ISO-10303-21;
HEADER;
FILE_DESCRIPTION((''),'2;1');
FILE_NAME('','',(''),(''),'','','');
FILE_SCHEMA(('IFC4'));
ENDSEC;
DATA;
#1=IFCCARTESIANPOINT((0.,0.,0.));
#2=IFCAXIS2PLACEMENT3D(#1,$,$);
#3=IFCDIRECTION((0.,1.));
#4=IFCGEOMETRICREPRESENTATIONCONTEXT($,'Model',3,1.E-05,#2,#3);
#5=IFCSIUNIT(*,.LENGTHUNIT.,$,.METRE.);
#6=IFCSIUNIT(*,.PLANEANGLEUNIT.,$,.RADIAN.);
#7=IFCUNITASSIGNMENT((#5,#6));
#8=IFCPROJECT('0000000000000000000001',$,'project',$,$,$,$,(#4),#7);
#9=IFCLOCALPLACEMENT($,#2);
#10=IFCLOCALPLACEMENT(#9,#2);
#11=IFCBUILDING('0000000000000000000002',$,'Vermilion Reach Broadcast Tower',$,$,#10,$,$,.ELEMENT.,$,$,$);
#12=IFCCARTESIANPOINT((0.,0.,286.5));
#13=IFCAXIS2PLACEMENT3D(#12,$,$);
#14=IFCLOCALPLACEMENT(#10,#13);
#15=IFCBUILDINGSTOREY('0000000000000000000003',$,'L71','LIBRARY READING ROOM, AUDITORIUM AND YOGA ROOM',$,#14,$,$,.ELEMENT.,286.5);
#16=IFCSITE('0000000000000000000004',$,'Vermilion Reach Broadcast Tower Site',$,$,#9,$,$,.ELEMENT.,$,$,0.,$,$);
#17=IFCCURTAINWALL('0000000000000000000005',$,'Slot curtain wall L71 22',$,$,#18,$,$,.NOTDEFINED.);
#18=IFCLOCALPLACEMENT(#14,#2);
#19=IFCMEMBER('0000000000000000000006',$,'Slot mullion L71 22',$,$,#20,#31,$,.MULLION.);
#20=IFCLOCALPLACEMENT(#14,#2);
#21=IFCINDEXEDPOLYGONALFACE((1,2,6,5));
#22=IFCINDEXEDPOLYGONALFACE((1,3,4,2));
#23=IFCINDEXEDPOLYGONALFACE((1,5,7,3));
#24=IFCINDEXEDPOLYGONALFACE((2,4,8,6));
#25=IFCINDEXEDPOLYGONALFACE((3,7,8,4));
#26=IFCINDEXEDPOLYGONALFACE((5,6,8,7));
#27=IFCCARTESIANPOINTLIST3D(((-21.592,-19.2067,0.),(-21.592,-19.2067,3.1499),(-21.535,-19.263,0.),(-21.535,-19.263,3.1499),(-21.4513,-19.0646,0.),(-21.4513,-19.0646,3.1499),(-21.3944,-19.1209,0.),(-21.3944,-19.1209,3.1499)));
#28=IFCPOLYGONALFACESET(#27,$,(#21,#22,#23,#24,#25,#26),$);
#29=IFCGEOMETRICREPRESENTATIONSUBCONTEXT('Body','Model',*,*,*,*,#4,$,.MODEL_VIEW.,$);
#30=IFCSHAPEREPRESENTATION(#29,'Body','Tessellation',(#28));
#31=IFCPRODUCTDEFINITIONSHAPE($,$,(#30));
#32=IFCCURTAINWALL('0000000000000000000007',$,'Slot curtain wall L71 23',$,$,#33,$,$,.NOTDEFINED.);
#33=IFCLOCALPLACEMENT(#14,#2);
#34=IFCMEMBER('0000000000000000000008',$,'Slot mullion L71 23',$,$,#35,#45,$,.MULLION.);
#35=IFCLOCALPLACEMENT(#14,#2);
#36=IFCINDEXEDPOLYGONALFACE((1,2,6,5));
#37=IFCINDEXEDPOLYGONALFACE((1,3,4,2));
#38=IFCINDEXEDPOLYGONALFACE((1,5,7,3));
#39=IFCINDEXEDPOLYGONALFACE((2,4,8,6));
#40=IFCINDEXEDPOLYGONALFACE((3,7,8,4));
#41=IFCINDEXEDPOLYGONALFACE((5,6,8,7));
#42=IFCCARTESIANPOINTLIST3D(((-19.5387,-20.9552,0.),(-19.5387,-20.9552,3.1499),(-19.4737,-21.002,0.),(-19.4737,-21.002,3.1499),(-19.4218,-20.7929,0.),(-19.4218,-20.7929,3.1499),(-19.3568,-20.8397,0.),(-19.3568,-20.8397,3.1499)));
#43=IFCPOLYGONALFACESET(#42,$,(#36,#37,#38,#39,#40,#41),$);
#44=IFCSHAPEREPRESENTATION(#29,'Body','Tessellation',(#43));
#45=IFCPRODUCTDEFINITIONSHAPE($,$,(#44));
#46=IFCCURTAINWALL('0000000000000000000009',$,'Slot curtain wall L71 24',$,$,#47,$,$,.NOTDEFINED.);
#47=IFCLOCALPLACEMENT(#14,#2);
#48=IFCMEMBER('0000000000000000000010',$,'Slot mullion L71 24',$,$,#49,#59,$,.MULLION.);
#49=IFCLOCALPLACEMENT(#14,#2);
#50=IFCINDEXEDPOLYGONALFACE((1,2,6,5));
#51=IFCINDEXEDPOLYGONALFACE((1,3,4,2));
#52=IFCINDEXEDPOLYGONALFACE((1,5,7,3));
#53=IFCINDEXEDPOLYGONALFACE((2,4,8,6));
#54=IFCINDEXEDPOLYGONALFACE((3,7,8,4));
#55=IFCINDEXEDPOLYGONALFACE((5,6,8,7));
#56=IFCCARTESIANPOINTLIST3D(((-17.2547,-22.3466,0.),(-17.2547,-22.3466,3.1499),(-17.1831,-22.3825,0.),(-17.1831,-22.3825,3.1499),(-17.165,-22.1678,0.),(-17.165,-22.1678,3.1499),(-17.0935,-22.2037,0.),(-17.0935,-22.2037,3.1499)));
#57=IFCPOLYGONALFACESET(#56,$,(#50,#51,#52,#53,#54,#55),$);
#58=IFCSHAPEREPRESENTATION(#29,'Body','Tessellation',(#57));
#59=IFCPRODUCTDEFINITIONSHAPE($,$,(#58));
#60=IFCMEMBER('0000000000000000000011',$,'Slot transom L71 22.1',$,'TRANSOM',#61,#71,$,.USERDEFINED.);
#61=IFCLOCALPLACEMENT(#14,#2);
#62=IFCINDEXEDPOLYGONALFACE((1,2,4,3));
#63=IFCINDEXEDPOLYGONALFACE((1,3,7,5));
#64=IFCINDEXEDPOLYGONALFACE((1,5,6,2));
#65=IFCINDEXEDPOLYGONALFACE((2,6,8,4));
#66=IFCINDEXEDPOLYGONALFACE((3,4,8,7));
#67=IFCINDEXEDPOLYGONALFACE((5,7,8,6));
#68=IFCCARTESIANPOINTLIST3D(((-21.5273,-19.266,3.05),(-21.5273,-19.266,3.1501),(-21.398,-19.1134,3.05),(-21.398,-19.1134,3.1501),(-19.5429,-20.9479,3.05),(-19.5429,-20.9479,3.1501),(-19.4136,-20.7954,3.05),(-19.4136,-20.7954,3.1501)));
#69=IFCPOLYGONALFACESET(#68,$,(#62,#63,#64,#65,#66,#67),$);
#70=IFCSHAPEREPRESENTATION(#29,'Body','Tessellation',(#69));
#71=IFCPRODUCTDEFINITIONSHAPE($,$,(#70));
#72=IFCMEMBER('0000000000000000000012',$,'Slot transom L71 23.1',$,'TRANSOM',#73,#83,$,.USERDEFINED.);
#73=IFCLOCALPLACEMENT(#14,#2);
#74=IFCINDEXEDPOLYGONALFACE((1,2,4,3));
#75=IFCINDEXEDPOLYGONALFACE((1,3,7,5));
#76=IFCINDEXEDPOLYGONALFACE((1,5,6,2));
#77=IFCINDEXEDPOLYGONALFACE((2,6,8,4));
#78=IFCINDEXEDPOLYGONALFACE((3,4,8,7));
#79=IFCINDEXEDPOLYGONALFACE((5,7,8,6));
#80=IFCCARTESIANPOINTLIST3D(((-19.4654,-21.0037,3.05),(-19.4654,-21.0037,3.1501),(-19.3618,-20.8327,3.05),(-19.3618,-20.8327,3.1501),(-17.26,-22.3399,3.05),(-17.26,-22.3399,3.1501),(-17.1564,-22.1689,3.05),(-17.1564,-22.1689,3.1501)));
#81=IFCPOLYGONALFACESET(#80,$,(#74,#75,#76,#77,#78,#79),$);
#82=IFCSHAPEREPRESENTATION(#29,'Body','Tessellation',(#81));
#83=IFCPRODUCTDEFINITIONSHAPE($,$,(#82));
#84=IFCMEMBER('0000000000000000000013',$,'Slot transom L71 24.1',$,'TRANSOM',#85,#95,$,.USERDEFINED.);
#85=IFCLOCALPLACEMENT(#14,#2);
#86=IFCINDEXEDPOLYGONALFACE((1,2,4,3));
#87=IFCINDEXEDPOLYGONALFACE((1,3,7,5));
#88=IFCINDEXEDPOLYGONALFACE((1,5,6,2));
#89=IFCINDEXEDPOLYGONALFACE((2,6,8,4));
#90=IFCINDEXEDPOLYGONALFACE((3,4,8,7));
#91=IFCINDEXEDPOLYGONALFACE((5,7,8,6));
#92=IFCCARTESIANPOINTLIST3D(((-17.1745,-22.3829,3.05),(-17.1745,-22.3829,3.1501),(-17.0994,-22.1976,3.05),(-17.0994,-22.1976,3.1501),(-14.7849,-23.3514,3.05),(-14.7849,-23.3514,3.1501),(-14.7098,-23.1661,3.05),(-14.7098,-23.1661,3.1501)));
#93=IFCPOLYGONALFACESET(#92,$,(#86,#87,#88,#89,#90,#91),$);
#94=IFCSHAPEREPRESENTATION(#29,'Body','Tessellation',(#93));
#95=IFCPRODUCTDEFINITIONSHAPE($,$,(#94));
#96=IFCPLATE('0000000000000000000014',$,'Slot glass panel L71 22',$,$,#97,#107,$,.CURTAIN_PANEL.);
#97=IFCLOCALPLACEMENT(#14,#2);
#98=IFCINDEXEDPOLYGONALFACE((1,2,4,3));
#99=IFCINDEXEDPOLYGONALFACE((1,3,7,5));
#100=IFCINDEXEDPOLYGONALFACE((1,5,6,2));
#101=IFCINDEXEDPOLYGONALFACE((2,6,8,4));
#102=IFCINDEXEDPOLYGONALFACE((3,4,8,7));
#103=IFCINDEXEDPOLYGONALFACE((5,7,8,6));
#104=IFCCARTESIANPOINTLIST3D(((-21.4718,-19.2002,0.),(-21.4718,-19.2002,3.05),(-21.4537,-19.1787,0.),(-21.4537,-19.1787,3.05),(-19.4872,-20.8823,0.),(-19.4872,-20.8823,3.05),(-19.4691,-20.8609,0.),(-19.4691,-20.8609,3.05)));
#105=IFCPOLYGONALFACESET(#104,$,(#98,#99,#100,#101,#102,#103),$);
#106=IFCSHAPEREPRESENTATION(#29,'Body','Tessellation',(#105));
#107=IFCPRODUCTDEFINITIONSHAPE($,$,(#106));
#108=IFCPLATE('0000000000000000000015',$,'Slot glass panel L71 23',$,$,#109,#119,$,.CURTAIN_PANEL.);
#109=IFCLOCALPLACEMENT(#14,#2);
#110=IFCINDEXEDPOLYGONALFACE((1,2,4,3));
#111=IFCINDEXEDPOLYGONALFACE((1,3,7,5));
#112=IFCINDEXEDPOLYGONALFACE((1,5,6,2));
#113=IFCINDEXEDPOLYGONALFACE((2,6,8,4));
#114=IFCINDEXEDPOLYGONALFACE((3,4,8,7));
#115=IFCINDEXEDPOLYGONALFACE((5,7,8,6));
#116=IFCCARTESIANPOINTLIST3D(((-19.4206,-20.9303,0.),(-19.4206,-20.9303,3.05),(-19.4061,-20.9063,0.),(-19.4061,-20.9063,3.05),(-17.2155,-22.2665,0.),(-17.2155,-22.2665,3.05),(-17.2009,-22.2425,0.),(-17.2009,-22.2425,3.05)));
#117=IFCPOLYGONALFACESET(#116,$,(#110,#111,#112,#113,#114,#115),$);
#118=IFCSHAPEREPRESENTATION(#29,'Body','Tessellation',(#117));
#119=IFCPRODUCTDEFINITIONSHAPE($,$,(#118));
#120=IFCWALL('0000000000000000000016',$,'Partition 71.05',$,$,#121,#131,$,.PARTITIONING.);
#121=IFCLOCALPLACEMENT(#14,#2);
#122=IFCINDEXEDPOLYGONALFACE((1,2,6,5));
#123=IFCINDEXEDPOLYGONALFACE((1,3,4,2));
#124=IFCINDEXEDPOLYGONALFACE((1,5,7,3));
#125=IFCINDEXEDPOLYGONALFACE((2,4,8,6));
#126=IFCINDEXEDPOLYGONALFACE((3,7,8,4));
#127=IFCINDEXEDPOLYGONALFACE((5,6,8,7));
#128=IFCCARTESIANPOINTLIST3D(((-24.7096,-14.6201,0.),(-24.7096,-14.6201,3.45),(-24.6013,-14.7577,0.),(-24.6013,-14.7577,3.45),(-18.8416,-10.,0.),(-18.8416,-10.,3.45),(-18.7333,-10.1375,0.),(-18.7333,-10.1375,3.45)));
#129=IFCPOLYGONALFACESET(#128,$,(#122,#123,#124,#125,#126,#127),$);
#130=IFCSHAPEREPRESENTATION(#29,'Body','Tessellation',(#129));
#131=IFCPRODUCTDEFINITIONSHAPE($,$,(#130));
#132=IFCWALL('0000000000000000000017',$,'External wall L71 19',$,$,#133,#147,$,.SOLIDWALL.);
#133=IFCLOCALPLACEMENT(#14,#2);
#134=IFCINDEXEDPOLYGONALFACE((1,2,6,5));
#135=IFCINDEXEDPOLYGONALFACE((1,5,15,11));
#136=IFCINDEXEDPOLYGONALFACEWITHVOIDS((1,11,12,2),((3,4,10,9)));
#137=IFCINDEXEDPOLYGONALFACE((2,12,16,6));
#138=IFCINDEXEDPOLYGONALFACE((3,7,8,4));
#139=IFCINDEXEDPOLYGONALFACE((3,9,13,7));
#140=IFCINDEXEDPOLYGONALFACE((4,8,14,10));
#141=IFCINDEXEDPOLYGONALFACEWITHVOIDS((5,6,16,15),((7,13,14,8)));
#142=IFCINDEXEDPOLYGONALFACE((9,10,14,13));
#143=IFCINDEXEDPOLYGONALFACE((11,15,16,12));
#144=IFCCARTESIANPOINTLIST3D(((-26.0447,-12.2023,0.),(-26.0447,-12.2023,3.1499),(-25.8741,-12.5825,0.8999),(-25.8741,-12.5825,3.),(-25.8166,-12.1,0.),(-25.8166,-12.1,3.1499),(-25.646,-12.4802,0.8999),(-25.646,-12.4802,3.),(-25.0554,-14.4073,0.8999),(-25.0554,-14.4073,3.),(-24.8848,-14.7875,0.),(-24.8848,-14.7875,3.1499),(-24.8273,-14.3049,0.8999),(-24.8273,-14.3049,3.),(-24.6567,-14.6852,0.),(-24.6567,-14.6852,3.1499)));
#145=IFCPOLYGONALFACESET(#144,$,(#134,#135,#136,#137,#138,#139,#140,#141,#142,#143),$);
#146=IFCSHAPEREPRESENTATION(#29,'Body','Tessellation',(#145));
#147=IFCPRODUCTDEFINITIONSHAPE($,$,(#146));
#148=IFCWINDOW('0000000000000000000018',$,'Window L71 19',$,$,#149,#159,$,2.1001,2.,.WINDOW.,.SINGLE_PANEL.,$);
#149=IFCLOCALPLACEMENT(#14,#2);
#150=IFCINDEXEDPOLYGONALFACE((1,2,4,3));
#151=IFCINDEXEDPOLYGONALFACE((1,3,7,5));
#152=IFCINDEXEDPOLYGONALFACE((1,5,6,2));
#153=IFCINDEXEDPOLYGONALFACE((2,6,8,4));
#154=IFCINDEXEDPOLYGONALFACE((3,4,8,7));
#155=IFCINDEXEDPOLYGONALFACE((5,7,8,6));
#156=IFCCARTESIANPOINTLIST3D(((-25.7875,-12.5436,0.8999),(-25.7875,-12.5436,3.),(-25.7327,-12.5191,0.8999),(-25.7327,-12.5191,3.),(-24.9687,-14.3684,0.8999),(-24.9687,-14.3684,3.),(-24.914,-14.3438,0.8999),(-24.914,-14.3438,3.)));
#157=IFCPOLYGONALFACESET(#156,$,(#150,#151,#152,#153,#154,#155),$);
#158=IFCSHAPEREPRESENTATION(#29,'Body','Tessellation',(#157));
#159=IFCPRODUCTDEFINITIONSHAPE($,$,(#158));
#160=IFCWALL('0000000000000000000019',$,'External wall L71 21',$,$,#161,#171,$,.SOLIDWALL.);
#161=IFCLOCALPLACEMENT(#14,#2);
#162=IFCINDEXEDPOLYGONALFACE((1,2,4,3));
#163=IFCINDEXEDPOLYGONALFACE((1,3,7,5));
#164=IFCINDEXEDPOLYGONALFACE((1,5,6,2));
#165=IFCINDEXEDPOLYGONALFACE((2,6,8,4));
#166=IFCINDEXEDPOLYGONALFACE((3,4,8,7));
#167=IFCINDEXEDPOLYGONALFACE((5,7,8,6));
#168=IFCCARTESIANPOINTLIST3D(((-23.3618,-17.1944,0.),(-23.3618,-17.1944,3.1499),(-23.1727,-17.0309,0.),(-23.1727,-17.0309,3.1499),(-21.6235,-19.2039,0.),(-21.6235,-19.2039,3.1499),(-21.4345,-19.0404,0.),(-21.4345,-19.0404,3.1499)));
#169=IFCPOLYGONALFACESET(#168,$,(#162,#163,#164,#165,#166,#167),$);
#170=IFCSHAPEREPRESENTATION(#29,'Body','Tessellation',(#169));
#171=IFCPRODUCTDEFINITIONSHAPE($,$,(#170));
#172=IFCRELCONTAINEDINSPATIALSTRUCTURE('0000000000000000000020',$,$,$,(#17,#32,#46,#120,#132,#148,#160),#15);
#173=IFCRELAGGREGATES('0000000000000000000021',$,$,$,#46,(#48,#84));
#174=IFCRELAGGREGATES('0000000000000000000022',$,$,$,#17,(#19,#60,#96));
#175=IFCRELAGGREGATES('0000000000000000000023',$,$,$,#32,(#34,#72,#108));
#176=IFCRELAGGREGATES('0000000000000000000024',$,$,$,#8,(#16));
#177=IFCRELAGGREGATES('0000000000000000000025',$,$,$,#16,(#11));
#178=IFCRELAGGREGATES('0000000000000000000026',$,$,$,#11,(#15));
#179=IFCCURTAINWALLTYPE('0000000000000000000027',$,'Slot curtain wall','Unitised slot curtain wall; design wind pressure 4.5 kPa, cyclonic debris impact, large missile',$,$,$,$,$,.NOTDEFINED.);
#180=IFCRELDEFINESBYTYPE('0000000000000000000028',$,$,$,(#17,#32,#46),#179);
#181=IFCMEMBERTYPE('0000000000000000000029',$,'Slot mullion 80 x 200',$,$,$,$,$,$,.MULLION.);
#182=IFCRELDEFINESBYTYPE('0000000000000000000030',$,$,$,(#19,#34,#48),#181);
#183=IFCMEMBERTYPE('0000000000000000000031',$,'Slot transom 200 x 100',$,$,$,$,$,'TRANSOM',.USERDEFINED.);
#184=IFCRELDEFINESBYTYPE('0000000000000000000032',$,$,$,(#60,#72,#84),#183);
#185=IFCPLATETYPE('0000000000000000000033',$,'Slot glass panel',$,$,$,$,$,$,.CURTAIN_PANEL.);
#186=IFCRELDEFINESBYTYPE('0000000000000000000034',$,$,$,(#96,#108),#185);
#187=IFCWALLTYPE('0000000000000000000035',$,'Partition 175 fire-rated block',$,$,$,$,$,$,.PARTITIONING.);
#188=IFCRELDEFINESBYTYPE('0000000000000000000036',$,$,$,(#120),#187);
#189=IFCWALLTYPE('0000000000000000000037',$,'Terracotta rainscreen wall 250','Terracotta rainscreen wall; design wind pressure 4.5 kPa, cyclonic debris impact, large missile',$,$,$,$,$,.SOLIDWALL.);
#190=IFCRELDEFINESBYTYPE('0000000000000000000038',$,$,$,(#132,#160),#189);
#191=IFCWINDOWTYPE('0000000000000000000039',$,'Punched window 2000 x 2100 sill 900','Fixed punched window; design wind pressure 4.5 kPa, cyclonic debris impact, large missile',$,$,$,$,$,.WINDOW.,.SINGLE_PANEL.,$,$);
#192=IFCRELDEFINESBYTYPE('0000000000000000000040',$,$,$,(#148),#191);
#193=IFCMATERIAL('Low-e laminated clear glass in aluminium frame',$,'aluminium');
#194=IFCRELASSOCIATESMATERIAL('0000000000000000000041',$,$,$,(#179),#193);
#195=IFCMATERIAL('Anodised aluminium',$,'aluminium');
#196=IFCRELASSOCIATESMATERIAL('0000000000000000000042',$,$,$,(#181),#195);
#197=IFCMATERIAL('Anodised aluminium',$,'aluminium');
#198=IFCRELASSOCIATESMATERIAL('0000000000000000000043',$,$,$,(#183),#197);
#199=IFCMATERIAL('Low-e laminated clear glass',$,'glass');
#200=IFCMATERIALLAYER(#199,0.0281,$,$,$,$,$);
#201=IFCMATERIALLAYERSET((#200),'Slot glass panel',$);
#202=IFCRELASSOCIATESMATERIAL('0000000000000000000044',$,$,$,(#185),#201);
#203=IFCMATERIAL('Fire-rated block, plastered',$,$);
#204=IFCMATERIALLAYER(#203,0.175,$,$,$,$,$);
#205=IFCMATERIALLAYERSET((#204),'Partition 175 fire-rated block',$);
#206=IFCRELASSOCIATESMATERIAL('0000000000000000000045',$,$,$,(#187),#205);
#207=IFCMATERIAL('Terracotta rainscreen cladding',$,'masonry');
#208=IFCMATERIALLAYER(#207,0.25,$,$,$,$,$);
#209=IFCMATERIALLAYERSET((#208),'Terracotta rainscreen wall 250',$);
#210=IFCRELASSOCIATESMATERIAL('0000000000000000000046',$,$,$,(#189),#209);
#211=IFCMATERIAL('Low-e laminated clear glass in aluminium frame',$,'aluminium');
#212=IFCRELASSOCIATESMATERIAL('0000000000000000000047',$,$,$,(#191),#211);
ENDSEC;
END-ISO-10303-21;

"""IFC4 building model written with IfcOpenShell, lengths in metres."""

from ifc_helpers import new_model, si_unit, direction, frame, frame_2d, origin, origin_2d, place, context, subcontext, project, spatial, rectangle, extrude, material, layer, layer_set, material_profile, profile_set, type_object, element, fill, aggregate, save


model = new_model("IFC4")

# Units and contexts
model_context = context("Model", 3, precision=1e-05, world=origin(), true_north=direction((0.0, 1.0)))
body_context = subcontext(model_context, "Body", "Model", "MODEL_VIEW")
ifc_project = project(units=[si_unit("LENGTHUNIT", "METRE"), si_unit("PLANEANGLEUNIT", "RADIAN")], contexts=[model_context])

# Site, building, storey
site_placement = place(None, origin())
site = spatial("IfcSite", under=ifc_project, at=site_placement, Name="Vermilion Reach Broadcast Tower Site", CompositionType="ELEMENT", RefElevation=0.0)
building_placement = place(site_placement, origin())
building = spatial("IfcBuilding", under=site, at=building_placement, Name="Vermilion Reach Broadcast Tower", CompositionType="ELEMENT")
storey_placement = place(building_placement, frame((0.0, 0.0, 286.5)))
storey = spatial("IfcBuildingStorey", under=building, at=storey_placement, Name="L71", Description="LIBRARY READING ROOM, AUDITORIUM AND YOGA ROOM", CompositionType="ELEMENT", Elevation=286.5)

# Curtain walls, members
ifc_material_1 = material(Name="Low-e laminated clear glass in aluminium frame", Category="aluminium")
curtain_wall_type = type_object("IfcCurtainWallType", Name="Slot curtain wall", Description="Unitised slot curtain wall; design wind pressure 4.5 kPa, cyclonic debris impact, large missile", PredefinedType="NOTDEFINED", material=ifc_material_1)
placement = place(storey_placement, origin())
curtain_wall_1 = element("IfcCurtainWall", 1, at=placement, inside=storey, type_object=curtain_wall_type, Name="Slot curtain wall L71 22", PredefinedType="NOTDEFINED")
ifc_material_2 = material(Name="Anodised aluminium", Category="aluminium")
ifc_material_profile_1 = material_profile(ifc_material_2, rectangle(XDim=0.2, YDim=0.0801, at=origin_2d()), Name="Slot mullion 80 x 200")
ifc_profile_set_1 = profile_set([ifc_material_profile_1], Name="Anodised aluminium")
member_type_1 = type_object("IfcMemberType", Name="Slot mullion 80 x 200", PredefinedType="MULLION", material=ifc_profile_set_1)
member_1_placement = place(storey_placement, frame((-21.4932, -19.1638, 0.0), z_axis=(0.0, 0.0, 1.0), x_axis=(0.703562, 0.710634, 0.0)))
member_1 = element("IfcMember", 2, at=member_1_placement, type_object=member_type_1, Name="Slot mullion L71 22", PredefinedType="MULLION", context=body_context, shape_type="SweptSolid", body=[
    extrude(rectangle(XDim=0.2, YDim=0.0801, at=origin_2d()), origin(), (0.0, 0.0, 1.0), 3.1499),
])
curtain_wall_2 = element("IfcCurtainWall", 3, at=placement, inside=storey, type_object=curtain_wall_type, Name="Slot curtain wall L71 23", PredefinedType="NOTDEFINED")
member_2_placement = place(storey_placement, frame((-19.4478, -20.8975, 0.0), z_axis=(0.0, 0.0, 1.0), x_axis=(0.584234, 0.811585, 0.0)))
member_2 = element("IfcMember", 4, at=member_2_placement, type_object=member_type_1, Name="Slot mullion L71 23", PredefinedType="MULLION", context=body_context, shape_type="SweptSolid", body=[
    extrude(rectangle(XDim=0.2, YDim=0.0801, at=origin_2d()), origin(), (0.0, 0.0, 1.0), 3.1499),
])
curtain_wall_3 = element("IfcCurtainWall", 5, at=placement, inside=storey, type_object=curtain_wall_type, Name="Slot curtain wall L71 24", PredefinedType="NOTDEFINED")
member_3_placement = place(storey_placement, frame((-17.1741, -22.2751, 0.0), z_axis=(0.0, 0.0, 1.0), x_axis=(0.448383, 0.893841, 0.0)))
member_3 = element("IfcMember", 6, at=member_3_placement, type_object=member_type_1, Name="Slot mullion L71 24", PredefinedType="MULLION", context=body_context, shape_type="SweptSolid", body=[
    extrude(rectangle(XDim=0.2, YDim=0.0801, at=origin_2d()), origin(), (0.0, 0.0, 1.0), 3.1499),
])

# Members
ifc_material_3 = material(Name="Anodised aluminium", Category="aluminium")
ifc_material_profile_2 = material_profile(ifc_material_3, rectangle(XDim=0.2, YDim=0.1001, at=origin_2d()), Name="Slot transom 200 x 100")
ifc_profile_set_2 = profile_set([ifc_material_profile_2], Name="Anodised aluminium")
member_type_2 = type_object("IfcMemberType", Name="Slot transom 200 x 100", ElementType="TRANSOM", PredefinedType="USERDEFINED", material=ifc_profile_set_2)
member_4_placement = place(storey_placement, frame((-21.4626, -19.1897, 3.1001), z_axis=(0.762856, -0.646569, 0.0), x_axis=(0.646569, 0.762856, 0.0)))
member_4 = element("IfcMember", 7, at=member_4_placement, type_object=member_type_2, Name="Slot transom L71 22.1", ObjectType="TRANSOM", PredefinedType="USERDEFINED", context=body_context, shape_type="SweptSolid", body=[
    extrude(rectangle(XDim=0.2, YDim=0.1001, at=origin_2d()), origin(), (0.0, 0.0, 1.0), 2.6013),
])
member_5_placement = place(storey_placement, frame((-19.4136, -20.9182, 3.1001), z_axis=(0.855263, -0.518195, 0.0), x_axis=(0.518195, 0.855263, 0.0)))
member_5 = element("IfcMember", 8, at=member_5_placement, type_object=member_type_2, Name="Slot transom L71 23.1", ObjectType="TRANSOM", PredefinedType="USERDEFINED", context=body_context, shape_type="SweptSolid", body=[
    extrude(rectangle(XDim=0.2, YDim=0.1001, at=origin_2d()), origin(), (0.0, 0.0, 1.0), 2.5786),
])
member_6_placement = place(storey_placement, frame((-17.137, -22.2903, 3.1001), z_axis=(0.926776, -0.375615, 0.0), x_axis=(0.375615, 0.926776, 0.0)))
member_6 = element("IfcMember", 9, at=member_6_placement, type_object=member_type_2, Name="Slot transom L71 24.1", ObjectType="TRANSOM", PredefinedType="USERDEFINED", context=body_context, shape_type="SweptSolid", body=[
    extrude(rectangle(XDim=0.2, YDim=0.1001, at=origin_2d()), origin(), (0.0, 0.0, 1.0), 2.5784),
])
aggregate(curtain_wall_3, [member_3, member_6])

# Plates
ifc_material_4 = material(Name="Low-e laminated clear glass", Category="glass")
ifc_layer_1 = layer(ifc_material_4, 0.0281)
ifc_layer_set_1 = layer_set([ifc_layer_1], Name="Slot glass panel")
plate_type = type_object("IfcPlateType", Name="Slot glass panel", PredefinedType="CURTAIN_PANEL", material=ifc_layer_set_1)
plate_1_placement = place(storey_placement, frame((-20.4705, -20.0305, 0.0), z_axis=(0.0, 0.0, 1.0), x_axis=(0.762842, -0.646584, 0.0)))
plate_1 = element("IfcPlate", 10, at=plate_1_placement, type_object=plate_type, Name="Slot glass panel L71 22", PredefinedType="CURTAIN_PANEL", context=body_context, shape_type="SweptSolid", body=[
    extrude(rectangle(XDim=2.6016, YDim=0.0281, at=origin_2d()), origin(), (0.0, 0.0, 1.0), 3.05),
])
aggregate(curtain_wall_1, [member_1, member_4, plate_1])
plate_2_placement = place(storey_placement, frame((-18.3108, -21.5864, 0.0), z_axis=(0.0, 0.0, 1.0), x_axis=(0.855244, -0.518225, 0.0)))
plate_2 = element("IfcPlate", 11, at=plate_2_placement, type_object=plate_type, Name="Slot glass panel L71 23", PredefinedType="CURTAIN_PANEL", context=body_context, shape_type="SweptSolid", body=[
    extrude(rectangle(XDim=2.5784, YDim=0.0281, at=origin_2d()), origin(), (0.0, 0.0, 1.0), 3.05),
])
aggregate(curtain_wall_2, [member_2, member_5, plate_2])

# Wall
ifc_material_5 = material(Name="Fire-rated block, plastered")
ifc_layer_2 = layer(ifc_material_5, 0.175)
ifc_layer_set_2 = layer_set([ifc_layer_2], Name="Partition 175 fire-rated block")
wall_type_1 = type_object("IfcWallType", Name="Partition 175 fire-rated block", PredefinedType="PARTITIONING", material=ifc_layer_set_2)
wall_1_placement = place(storey_placement, frame((-24.6555, -14.689, 0.0), z_axis=(0.0, 0.0, 1.0), x_axis=(0.785693, 0.618617, 0.0)))
element("IfcWall", 12, at=wall_1_placement, inside=storey, type_object=wall_type_1, Name="Partition 71.05", PredefinedType="PARTITIONING", context=body_context, shape_type="SweptSolid", body=[
    extrude(rectangle(XDim=7.4685, YDim=0.175, at=frame_2d((3.7344, 0.0))), origin(), (0.0, 0.0, 1.0), 3.45),
])

# Wall, opening, window
ifc_material_6 = material(Name="Terracotta rainscreen cladding", Category="masonry")
ifc_layer_3 = layer(ifc_material_6, 0.25)
ifc_layer_set_3 = layer_set([ifc_layer_3], Name="Terracotta rainscreen wall 250")
wall_type_2 = type_object("IfcWallType", Name="Terracotta rainscreen wall 250", Description="Terracotta rainscreen wall; design wind pressure 4.5 kPa, cyclonic debris impact, large missile", PredefinedType="SOLIDWALL", material=ifc_layer_set_3)
wall_2_placement = place(storey_placement, frame((-25.9307, -12.1511, 0.0), z_axis=(0.0, 0.0, 1.0), x_axis=(0.409358, -0.912374, 0.0)))
wall_2 = element("IfcWall", 13, at=wall_2_placement, inside=storey, type_object=wall_type_2, Name="External wall L71 19", PredefinedType="SOLIDWALL", context=body_context, shape_type="SweptSolid", body=[
    extrude(rectangle(XDim=2.8335, YDim=0.25, at=frame_2d((1.4167, 0.0))), origin(), (0.0, 0.0, 1.0), 3.1499),
])
opening_1_placement = place(wall_2_placement, frame((0.4167, 0.0, 0.8999)))
opening_1 = element("IfcOpeningElement", 14, at=opening_1_placement, cuts=wall_2, PredefinedType="OPENING", context=body_context, shape_type="SweptSolid", body=[
    extrude(rectangle(XDim=2.0, YDim=2.1001, at=frame_2d((1.0, 1.05))), frame((0.0, 0.135, 0.0), z_axis=(0.0, -1.0, 0.0), x_axis=(1.0, 0.0, 0.0)), (0.0, 0.0, 1.0), 0.27),
])
ifc_material_7 = material(Name="Low-e laminated clear glass in aluminium frame", Category="aluminium")
window_type = type_object("IfcWindowType", Name="Punched window 2000 x 2100 sill 900", Description="Fixed punched window; design wind pressure 4.5 kPa, cyclonic debris impact, large missile", PartitioningType="SINGLE_PANEL", PredefinedType="WINDOW", material=ifc_material_7)
window_placement = place(opening_1_placement, origin())
window = element("IfcWindow", 15, at=window_placement, inside=storey, type_object=window_type, Name="Window L71 19", OverallHeight=2.1001, OverallWidth=2.0, PartitioningType="SINGLE_PANEL", PredefinedType="WINDOW", context=body_context, shape_type="SweptSolid", body=[
    extrude(rectangle(XDim=2.0, YDim=2.1001, at=frame_2d((1.0, 1.05))), frame((0.0, 0.03, 0.0), z_axis=(0.0, -1.0, 0.0), x_axis=(1.0, 0.0, 0.0)), (0.0, 0.0, 1.0), 0.0601),
])
fill(opening_1, window)

# Wall
wall_3_placement = place(storey_placement, frame((-23.2673, -17.1125, 0.0), z_axis=(0.0, 0.0, 1.0), x_axis=(0.65422, -0.756304, 0.0)))
element("IfcWall", 16, at=wall_3_placement, inside=storey, type_object=wall_type_2, Name="External wall L71 21", PredefinedType="SOLIDWALL", context=body_context, shape_type="SweptSolid", body=[
    extrude(rectangle(XDim=2.657, YDim=0.25, at=frame_2d((1.3286, 0.0))), origin(), (0.0, 0.0, 1.0), 3.1499),
])

save(model, "model.ifc")
